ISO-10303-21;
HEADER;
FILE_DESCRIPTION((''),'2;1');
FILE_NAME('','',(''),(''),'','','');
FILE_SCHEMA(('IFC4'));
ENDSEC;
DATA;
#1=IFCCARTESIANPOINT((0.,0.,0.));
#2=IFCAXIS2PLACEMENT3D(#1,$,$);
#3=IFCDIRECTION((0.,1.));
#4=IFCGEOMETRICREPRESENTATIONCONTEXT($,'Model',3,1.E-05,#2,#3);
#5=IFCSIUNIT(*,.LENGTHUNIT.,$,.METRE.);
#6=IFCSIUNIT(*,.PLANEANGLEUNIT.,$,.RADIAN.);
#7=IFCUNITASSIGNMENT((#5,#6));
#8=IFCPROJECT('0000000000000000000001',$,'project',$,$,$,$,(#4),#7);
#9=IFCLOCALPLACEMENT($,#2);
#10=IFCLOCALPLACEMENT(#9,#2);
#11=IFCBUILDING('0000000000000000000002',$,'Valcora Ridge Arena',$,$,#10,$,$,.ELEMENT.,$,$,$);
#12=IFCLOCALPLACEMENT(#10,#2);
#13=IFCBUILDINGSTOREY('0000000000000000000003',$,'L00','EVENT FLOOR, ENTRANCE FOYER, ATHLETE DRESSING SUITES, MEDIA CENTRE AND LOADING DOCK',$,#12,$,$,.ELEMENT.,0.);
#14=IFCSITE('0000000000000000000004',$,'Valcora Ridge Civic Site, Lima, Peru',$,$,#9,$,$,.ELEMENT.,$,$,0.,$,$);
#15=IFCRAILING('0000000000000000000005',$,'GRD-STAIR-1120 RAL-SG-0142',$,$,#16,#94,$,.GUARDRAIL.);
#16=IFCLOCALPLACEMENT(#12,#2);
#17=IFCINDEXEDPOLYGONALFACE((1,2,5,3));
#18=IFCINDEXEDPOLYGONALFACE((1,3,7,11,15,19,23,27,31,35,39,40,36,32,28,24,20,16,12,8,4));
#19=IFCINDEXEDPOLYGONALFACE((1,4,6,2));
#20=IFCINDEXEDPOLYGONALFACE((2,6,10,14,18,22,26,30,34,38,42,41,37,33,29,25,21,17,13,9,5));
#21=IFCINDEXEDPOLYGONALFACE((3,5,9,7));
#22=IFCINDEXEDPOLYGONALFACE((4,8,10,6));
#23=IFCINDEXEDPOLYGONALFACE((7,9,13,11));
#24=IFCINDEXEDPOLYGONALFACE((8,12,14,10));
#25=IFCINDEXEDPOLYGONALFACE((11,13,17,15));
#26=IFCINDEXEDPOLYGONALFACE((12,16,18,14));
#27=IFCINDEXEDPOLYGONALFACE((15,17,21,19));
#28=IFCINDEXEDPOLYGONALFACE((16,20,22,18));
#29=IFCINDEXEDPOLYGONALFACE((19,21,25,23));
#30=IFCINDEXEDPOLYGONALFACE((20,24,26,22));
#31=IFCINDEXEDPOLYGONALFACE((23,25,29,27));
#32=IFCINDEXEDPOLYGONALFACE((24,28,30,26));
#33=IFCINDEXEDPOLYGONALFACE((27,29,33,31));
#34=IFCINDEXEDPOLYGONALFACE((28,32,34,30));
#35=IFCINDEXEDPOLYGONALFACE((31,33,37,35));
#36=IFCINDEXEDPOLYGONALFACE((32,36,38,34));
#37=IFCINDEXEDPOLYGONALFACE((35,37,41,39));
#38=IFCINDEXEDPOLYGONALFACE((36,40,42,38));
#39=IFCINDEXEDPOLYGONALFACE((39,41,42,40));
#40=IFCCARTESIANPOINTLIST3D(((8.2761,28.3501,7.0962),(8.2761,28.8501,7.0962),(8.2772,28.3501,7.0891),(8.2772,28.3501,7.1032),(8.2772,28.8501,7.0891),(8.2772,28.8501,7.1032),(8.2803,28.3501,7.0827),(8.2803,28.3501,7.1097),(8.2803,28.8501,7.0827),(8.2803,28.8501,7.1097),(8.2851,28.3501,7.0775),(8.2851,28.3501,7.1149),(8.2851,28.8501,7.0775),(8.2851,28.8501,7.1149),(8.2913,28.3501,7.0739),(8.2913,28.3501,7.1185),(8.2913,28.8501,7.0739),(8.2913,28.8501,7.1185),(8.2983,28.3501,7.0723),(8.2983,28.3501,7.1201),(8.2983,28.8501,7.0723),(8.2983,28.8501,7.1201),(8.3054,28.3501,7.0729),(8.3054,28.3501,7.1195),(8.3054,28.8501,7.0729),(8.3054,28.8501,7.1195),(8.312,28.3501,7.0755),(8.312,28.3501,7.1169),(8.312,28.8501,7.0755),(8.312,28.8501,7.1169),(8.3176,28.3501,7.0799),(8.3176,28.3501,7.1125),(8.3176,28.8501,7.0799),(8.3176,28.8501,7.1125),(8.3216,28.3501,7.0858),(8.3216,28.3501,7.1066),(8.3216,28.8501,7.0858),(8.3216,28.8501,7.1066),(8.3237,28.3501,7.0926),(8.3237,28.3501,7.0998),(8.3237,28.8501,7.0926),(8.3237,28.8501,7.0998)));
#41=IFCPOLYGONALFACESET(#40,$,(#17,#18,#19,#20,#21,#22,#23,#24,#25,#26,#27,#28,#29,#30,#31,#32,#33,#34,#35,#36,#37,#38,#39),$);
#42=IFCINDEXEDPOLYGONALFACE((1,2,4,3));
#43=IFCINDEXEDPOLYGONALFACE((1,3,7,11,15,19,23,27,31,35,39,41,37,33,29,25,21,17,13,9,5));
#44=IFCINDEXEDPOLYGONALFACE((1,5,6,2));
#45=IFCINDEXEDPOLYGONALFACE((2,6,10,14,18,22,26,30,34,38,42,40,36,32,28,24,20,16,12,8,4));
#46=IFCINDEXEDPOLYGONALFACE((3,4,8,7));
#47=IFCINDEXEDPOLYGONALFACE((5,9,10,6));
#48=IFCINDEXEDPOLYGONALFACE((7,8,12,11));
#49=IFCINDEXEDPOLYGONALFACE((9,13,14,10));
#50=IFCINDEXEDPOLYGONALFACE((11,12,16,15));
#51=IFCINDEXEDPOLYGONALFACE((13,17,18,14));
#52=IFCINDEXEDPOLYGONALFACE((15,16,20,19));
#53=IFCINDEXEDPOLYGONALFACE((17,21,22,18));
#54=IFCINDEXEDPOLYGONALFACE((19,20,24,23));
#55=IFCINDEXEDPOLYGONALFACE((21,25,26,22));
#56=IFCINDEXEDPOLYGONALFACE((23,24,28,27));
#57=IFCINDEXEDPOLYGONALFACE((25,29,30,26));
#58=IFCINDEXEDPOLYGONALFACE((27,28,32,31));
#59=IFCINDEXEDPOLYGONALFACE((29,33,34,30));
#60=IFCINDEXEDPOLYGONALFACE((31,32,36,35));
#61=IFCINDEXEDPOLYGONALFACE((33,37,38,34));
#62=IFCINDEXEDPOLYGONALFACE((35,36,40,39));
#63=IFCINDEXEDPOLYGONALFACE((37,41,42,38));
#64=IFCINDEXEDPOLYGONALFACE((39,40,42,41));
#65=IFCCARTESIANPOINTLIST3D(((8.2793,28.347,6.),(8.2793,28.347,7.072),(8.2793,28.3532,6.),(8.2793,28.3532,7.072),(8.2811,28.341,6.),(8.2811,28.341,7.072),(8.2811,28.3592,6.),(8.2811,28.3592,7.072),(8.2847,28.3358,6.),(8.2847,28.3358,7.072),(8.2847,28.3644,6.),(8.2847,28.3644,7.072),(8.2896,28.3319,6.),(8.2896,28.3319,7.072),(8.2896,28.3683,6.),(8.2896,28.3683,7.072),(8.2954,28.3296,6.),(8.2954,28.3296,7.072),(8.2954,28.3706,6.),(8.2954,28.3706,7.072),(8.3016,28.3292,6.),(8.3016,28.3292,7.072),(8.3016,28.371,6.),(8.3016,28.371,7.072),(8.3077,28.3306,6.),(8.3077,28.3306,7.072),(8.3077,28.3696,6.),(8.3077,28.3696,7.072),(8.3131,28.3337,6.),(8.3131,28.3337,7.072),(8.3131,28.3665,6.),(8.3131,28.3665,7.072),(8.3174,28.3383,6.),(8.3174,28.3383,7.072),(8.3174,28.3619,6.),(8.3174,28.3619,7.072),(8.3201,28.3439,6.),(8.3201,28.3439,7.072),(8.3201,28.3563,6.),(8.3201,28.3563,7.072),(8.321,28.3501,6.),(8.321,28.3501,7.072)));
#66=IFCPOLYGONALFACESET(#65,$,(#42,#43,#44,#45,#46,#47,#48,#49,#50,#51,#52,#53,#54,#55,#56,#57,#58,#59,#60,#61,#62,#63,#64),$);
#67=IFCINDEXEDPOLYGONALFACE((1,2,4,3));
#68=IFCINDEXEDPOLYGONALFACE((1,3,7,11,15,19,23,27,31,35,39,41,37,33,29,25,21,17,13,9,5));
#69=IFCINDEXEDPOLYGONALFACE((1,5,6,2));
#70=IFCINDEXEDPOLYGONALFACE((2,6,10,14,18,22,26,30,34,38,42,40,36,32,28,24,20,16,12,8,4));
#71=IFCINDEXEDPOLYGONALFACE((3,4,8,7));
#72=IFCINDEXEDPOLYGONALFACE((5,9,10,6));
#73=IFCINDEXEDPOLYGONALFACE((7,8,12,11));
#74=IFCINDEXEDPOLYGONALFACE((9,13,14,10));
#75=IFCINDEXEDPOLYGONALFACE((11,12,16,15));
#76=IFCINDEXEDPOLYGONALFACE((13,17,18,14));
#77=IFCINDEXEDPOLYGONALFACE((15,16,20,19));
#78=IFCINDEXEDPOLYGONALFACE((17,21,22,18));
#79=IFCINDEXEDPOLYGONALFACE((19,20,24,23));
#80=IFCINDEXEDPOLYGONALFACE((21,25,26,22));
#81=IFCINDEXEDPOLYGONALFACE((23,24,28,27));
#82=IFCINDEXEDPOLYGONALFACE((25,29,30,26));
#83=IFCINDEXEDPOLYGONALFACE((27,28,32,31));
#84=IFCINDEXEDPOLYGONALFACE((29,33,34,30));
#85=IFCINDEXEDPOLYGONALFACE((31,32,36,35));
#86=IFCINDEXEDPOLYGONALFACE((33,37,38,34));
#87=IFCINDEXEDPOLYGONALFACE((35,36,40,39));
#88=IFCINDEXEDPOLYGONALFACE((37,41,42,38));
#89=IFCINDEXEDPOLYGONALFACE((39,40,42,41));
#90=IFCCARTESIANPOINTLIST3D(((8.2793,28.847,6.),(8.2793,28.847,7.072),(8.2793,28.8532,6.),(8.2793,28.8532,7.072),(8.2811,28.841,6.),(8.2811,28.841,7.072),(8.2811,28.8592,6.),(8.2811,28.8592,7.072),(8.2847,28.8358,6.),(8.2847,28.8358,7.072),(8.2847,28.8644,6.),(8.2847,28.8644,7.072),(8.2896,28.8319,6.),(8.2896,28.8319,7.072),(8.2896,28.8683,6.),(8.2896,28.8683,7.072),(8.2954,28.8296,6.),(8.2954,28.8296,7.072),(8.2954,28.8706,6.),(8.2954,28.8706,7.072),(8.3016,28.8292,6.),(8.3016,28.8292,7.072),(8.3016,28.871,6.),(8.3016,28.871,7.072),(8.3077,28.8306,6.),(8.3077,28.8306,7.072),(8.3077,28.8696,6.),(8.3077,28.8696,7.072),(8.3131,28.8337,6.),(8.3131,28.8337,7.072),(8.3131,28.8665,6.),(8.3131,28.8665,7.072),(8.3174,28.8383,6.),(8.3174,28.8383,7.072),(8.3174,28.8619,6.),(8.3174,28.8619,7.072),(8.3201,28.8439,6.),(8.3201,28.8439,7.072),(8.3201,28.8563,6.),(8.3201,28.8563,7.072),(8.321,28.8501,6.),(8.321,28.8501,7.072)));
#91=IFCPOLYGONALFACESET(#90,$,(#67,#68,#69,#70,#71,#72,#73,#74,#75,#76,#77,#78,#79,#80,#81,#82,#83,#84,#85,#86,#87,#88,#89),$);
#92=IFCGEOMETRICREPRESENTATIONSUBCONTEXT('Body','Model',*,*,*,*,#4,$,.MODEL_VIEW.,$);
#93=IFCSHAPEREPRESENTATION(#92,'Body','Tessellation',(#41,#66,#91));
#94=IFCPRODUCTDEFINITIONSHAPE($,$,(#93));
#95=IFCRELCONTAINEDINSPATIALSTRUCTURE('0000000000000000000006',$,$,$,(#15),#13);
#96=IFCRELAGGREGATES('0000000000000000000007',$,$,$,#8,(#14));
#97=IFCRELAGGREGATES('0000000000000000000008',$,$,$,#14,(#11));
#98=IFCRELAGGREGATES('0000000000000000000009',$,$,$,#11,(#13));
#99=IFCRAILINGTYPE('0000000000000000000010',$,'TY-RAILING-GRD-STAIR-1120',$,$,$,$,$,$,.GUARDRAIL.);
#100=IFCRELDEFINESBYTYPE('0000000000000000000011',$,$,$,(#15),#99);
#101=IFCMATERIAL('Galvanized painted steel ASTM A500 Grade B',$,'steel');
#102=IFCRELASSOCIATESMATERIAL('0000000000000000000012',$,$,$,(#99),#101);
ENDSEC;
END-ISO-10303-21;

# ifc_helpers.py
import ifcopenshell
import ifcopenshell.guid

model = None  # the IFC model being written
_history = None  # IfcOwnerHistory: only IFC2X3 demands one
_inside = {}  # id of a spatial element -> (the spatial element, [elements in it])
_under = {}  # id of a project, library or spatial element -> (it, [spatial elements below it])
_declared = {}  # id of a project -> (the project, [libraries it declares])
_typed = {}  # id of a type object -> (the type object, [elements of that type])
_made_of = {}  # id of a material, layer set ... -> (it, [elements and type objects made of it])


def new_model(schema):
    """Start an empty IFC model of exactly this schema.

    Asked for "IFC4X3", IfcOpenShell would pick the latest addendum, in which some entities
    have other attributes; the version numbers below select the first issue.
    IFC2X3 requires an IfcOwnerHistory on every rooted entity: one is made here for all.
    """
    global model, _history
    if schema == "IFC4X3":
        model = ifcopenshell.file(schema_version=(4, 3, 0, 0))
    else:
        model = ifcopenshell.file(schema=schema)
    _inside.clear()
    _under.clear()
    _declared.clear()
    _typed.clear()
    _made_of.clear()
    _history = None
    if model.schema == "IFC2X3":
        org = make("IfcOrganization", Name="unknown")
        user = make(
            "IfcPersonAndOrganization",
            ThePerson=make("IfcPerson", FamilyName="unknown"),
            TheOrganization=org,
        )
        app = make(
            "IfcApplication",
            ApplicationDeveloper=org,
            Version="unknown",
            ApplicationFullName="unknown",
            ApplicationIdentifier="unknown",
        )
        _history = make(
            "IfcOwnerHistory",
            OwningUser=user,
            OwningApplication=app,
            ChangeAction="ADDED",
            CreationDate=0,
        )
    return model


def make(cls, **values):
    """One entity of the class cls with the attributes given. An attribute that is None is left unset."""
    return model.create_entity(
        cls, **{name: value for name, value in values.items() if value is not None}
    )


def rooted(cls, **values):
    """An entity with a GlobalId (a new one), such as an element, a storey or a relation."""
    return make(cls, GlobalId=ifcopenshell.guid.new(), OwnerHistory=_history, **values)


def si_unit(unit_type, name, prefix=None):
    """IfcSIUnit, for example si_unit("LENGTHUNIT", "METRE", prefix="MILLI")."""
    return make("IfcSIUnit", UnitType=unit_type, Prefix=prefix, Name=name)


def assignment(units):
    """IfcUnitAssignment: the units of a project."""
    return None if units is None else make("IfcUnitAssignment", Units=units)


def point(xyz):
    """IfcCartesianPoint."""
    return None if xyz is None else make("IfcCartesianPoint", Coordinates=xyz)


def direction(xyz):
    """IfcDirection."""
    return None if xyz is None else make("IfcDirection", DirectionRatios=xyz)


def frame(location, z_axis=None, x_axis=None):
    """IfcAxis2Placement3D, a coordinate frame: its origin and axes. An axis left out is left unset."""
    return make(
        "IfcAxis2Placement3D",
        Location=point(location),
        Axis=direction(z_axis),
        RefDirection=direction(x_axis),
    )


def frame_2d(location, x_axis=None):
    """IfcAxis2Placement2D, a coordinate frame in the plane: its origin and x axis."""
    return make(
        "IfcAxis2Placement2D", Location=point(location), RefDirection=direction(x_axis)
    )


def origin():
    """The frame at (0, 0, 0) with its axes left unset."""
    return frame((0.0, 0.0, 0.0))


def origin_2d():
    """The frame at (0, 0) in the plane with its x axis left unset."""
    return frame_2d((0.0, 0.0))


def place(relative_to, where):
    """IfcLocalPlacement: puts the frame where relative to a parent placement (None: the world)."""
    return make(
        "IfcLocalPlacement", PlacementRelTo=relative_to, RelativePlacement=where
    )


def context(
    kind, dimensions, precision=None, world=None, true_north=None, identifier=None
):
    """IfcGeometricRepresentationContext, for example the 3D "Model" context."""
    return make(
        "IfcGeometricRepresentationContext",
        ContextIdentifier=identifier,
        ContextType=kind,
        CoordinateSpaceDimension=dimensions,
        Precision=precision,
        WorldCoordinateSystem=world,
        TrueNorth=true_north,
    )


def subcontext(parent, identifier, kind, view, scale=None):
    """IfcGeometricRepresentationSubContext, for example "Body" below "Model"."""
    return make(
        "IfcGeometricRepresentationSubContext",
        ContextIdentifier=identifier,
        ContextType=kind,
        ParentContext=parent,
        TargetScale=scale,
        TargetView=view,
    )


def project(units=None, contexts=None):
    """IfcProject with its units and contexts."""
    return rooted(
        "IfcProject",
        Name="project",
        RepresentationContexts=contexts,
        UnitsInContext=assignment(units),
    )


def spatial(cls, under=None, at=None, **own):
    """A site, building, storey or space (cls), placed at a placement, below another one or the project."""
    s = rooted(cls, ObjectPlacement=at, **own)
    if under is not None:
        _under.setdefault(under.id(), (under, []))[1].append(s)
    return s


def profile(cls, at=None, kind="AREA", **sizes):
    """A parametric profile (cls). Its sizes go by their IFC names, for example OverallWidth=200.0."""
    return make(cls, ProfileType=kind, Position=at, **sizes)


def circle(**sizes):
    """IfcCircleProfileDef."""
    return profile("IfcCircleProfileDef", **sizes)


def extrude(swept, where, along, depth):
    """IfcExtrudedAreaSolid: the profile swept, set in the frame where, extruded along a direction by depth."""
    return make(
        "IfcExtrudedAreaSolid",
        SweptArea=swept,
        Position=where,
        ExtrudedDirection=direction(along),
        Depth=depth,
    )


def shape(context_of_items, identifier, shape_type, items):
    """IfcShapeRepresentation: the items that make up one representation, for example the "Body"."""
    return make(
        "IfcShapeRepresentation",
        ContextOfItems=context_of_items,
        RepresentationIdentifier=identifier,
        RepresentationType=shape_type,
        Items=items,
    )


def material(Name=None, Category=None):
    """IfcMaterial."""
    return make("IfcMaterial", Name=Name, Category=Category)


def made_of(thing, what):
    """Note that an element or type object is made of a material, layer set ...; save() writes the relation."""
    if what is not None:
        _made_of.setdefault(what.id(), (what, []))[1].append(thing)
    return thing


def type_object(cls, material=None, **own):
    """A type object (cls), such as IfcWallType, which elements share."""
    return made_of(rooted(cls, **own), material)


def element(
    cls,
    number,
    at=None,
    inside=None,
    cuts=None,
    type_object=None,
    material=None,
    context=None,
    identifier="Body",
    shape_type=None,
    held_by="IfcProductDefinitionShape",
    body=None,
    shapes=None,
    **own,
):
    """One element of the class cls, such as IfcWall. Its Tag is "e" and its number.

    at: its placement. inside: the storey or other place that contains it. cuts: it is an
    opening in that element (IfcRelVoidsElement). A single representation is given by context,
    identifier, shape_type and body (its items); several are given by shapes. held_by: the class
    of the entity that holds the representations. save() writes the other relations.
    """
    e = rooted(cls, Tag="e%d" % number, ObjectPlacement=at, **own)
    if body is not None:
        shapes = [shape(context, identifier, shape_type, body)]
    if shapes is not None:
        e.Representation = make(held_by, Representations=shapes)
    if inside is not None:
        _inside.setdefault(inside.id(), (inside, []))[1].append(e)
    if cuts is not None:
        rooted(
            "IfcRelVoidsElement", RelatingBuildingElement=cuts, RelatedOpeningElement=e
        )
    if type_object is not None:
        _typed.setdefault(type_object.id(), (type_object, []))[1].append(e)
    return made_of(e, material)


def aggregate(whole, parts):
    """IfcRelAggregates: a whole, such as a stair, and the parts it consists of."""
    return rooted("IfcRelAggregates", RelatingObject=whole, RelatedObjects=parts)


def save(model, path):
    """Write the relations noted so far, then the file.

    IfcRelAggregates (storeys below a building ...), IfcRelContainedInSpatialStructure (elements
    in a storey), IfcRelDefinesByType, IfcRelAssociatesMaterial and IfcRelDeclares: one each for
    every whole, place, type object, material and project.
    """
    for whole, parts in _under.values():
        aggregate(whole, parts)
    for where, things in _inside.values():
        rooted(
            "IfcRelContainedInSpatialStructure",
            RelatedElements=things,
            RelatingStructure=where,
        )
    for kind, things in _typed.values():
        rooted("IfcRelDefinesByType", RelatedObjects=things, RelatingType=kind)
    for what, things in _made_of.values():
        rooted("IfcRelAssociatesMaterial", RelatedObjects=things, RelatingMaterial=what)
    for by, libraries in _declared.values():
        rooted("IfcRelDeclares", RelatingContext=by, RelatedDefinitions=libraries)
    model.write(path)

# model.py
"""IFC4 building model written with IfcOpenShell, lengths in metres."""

from ifc_helpers import new_model, si_unit, direction, frame, origin, origin_2d, place, context, subcontext, project, spatial, circle, extrude, material, type_object, element, save


model = new_model("IFC4")

# Units and contexts
model_context = context("Model", 3, precision=1e-05, world=origin(), true_north=direction((0.0, 1.0)))
body_context = subcontext(model_context, "Body", "Model", "MODEL_VIEW")
ifc_project = project(units=[si_unit("LENGTHUNIT", "METRE"), si_unit("PLANEANGLEUNIT", "RADIAN")], contexts=[model_context])

# Site, building, storey
site_placement = place(None, origin())
site = spatial("IfcSite", under=ifc_project, at=site_placement, Name="Valcora Ridge Civic Site, Lima, Peru", CompositionType="ELEMENT", RefElevation=0.0)
building_placement = place(site_placement, origin())
building = spatial("IfcBuilding", under=site, at=building_placement, Name="Valcora Ridge Arena", CompositionType="ELEMENT")
storey_placement = place(building_placement, origin())
storey = spatial("IfcBuildingStorey", under=building, at=storey_placement, Name="L00", Description="EVENT FLOOR, ENTRANCE FOYER, ATHLETE DRESSING SUITES, MEDIA CENTRE AND LOADING DOCK", CompositionType="ELEMENT", Elevation=0.0)

# Railing
ifc_material_1 = material(Name="Galvanized painted steel ASTM A500 Grade B", Category="steel")
railing_type_1 = type_object("IfcRailingType", Name="TY-RAILING-GRD-STAIR-1120", PredefinedType="GUARDRAIL", material=ifc_material_1)
railing_1_placement = place(storey_placement, frame((8.3, 28.3501, 6.0)))
element("IfcRailing", 1, at=railing_1_placement, inside=storey, type_object=railing_type_1, Name="GRD-STAIR-1120 RAL-SG-0142", PredefinedType="GUARDRAIL", context=body_context, shape_type="SweptSolid", body=[
    extrude(circle(Radius=0.0239, at=origin_2d()), frame((0.0, 0.0, 1.0962), z_axis=(0.0, 1.0, 0.0), x_axis=(-1.0, 0.0, 0.0)), (0.0, 0.0, 1.0), 0.5),
    extrude(circle(Radius=0.021, at=origin_2d()), origin(), (0.0, 0.0, 1.0), 1.072),
    extrude(circle(Radius=0.021, at=origin_2d()), frame((0.0, 0.5, 0.0)), (0.0, 0.0, 1.0), 1.072),
])

save(model, "model.ifc")
